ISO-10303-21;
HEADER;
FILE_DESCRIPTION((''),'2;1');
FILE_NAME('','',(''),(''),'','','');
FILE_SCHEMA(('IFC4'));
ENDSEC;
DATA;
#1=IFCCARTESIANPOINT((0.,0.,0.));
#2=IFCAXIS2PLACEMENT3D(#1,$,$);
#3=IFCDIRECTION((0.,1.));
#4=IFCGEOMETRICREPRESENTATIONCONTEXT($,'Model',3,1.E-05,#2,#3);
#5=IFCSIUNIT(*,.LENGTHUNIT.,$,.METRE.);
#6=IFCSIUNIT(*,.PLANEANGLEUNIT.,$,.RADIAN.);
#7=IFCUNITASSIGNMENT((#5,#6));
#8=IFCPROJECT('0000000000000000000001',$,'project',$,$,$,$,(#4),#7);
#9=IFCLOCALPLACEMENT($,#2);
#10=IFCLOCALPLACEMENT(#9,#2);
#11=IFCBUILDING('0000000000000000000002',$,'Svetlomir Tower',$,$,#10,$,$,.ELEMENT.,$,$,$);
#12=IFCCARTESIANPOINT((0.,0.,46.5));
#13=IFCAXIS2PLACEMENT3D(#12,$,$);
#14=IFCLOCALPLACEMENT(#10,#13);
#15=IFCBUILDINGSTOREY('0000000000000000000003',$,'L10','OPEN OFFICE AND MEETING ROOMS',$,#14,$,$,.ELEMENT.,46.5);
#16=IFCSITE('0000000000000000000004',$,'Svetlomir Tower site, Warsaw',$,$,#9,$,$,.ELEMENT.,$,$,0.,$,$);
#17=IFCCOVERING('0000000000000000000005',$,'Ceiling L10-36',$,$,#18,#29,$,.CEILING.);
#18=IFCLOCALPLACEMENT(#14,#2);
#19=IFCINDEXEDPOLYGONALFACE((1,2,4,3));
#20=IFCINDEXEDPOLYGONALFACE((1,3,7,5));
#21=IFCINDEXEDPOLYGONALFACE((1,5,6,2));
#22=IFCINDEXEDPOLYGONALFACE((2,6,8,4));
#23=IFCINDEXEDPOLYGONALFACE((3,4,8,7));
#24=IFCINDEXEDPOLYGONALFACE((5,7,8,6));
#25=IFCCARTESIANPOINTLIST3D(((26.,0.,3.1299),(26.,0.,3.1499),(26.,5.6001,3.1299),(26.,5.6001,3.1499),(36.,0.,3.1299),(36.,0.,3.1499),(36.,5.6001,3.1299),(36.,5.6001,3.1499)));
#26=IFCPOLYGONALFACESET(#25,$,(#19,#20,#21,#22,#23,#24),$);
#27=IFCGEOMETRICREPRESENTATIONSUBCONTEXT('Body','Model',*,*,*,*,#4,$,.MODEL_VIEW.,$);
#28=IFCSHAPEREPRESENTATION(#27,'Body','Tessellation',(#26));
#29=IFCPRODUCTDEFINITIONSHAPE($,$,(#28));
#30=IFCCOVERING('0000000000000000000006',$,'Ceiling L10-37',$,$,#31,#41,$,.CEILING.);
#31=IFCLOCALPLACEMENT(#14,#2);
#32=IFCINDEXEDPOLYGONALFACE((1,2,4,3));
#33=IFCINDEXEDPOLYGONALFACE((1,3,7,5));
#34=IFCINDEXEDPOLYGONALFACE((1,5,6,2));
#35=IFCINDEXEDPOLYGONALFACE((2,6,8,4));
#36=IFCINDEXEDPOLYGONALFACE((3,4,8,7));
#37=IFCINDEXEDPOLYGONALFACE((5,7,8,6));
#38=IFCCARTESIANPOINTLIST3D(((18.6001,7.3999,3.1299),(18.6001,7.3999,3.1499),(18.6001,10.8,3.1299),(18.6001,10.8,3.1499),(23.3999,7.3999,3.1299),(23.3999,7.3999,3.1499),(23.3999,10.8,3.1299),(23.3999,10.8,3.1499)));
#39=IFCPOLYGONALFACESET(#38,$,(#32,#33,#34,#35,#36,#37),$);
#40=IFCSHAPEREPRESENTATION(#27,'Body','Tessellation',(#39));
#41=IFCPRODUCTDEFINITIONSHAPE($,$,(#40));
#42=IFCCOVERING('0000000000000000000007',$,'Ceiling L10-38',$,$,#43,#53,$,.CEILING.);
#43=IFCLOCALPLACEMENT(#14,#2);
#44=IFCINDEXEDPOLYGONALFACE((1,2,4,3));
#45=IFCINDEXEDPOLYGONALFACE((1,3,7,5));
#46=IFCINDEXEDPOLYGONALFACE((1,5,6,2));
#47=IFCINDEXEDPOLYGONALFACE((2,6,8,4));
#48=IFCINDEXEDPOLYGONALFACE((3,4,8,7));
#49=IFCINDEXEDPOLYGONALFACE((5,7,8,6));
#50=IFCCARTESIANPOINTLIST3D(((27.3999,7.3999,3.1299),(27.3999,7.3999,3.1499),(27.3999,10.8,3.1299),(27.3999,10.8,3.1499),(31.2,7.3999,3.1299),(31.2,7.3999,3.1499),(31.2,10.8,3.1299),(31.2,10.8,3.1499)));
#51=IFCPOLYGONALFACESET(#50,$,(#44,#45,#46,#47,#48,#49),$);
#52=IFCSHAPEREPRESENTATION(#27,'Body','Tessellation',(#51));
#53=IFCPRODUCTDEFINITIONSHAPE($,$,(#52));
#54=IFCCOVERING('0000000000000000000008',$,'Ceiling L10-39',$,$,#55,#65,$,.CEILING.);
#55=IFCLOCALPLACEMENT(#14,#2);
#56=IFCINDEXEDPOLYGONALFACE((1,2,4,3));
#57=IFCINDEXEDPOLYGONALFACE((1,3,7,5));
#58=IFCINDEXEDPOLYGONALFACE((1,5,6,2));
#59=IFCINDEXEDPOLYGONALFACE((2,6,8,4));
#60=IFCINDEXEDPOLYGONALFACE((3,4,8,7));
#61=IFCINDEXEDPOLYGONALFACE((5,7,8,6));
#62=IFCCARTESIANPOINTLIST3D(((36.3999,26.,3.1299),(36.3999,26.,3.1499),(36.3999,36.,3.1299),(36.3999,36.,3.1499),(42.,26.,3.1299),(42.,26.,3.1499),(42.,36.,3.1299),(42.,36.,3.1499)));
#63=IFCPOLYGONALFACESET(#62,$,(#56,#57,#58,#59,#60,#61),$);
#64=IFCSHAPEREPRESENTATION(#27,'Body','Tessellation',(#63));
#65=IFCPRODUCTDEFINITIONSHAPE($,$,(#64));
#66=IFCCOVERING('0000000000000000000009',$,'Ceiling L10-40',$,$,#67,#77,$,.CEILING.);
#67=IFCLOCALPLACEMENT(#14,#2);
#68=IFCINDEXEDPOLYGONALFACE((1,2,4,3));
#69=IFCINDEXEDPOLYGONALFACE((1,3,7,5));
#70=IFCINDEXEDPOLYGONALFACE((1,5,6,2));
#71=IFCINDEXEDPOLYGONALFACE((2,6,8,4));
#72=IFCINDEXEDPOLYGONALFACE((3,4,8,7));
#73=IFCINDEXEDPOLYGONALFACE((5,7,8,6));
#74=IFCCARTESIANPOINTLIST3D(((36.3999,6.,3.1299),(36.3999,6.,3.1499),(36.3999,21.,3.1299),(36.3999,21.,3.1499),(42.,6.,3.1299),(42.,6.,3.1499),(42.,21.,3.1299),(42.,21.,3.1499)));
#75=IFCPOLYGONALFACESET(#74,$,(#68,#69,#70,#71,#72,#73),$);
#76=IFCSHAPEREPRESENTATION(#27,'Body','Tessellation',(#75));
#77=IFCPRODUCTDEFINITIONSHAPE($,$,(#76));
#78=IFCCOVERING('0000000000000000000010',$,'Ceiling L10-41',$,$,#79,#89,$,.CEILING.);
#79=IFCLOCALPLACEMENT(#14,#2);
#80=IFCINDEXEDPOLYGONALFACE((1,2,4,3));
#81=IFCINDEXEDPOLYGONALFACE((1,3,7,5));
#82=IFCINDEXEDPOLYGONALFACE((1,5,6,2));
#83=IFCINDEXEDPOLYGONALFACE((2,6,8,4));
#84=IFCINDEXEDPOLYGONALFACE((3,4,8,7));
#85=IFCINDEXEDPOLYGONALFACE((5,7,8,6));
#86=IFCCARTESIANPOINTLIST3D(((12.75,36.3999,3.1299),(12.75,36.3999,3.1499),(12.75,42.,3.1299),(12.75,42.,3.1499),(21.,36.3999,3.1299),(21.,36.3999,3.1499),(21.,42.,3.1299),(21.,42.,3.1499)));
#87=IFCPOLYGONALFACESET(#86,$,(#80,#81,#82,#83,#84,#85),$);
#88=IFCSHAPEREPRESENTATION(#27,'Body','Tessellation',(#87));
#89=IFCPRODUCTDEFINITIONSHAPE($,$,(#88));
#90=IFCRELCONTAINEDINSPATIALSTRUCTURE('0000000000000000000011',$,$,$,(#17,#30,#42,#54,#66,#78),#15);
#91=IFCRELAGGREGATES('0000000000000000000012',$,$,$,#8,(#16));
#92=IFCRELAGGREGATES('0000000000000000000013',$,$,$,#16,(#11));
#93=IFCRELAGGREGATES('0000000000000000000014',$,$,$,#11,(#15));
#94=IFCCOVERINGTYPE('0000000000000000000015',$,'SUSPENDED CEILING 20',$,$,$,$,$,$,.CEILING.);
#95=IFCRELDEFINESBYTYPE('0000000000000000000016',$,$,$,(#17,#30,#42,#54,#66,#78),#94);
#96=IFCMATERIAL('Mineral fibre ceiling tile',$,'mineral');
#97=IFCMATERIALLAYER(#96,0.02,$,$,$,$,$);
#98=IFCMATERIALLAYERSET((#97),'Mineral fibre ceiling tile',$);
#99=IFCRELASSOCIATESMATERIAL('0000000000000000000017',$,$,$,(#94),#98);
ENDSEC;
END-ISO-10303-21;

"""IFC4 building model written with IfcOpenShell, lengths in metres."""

from ifc_helpers import new_model, si_unit, direction, frame, origin, place, context, subcontext, project, spatial, polyline, outline, extrude, material, layer, layer_set, type_object, element, save


model = new_model("IFC4")

# Units and contexts
model_context = context("Model", 3, precision=1e-05, world=origin(), true_north=direction((0.0, 1.0)))
body_context = subcontext(model_context, "Body", "Model", "MODEL_VIEW")
ifc_project = project(units=[si_unit("LENGTHUNIT", "METRE"), si_unit("PLANEANGLEUNIT", "RADIAN")], contexts=[model_context])

# Site, building, storey
site_placement = place(None, origin())
site = spatial("IfcSite", under=ifc_project, at=site_placement, Name="Svetlomir Tower site, Warsaw", CompositionType="ELEMENT", RefElevation=0.0)
building_placement = place(site_placement, origin())
building = spatial("IfcBuilding", under=site, at=building_placement, Name="Svetlomir Tower", CompositionType="ELEMENT")
storey_placement = place(building_placement, frame((0.0, 0.0, 46.5)))
storey = spatial("IfcBuildingStorey", under=building, at=storey_placement, Name="L10", Description="OPEN OFFICE AND MEETING ROOMS", CompositionType="ELEMENT", Elevation=46.5)

# Coverings
ifc_material_1 = material(Name="Mineral fibre ceiling tile", Category="mineral")
ifc_layer_1 = layer(ifc_material_1, 0.02)
ifc_layer_set_1 = layer_set([ifc_layer_1], Name="Mineral fibre ceiling tile")
covering_type_1 = type_object("IfcCoveringType", Name="SUSPENDED CEILING 20", PredefinedType="CEILING", material=ifc_layer_set_1)
covering_1_placement = place(storey_placement, frame((0.0, 0.0, 3.1299)))
element("IfcCovering", 1, at=covering_1_placement, inside=storey, type_object=covering_type_1, Name="Ceiling L10-36", PredefinedType="CEILING", context=body_context, shape_type="SweptSolid", body=[
    extrude(outline(polyline([(26.0, 0.0), (26.0, 5.6001), (36.0, 5.6001), (36.0, 0.0), (26.0, 0.0)])), origin(), (0.0, 0.0, 1.0), 0.02),
])
covering_2_placement = place(storey_placement, frame((0.0, 0.0, 3.1299)))
element("IfcCovering", 2, at=covering_2_placement, inside=storey, type_object=covering_type_1, Name="Ceiling L10-37", PredefinedType="CEILING", context=body_context, shape_type="SweptSolid", body=[
    extrude(outline(polyline([(23.3999, 10.8), (23.3999, 7.3999), (18.6001, 7.3999), (18.6001, 10.8), (23.3999, 10.8)])), origin(), (0.0, 0.0, 1.0), 0.02),
])
covering_3_placement = place(storey_placement, frame((0.0, 0.0, 3.1299)))
element("IfcCovering", 3, at=covering_3_placement, inside=storey, type_object=covering_type_1, Name="Ceiling L10-38", PredefinedType="CEILING", context=body_context, shape_type="SweptSolid", body=[
    extrude(outline(polyline([(31.2, 10.8), (31.2, 7.3999), (27.3999, 7.3999), (27.3999, 10.8), (31.2, 10.8)])), origin(), (0.0, 0.0, 1.0), 0.02),
])
covering_4_placement = place(storey_placement, frame((0.0, 0.0, 3.1299)))
element("IfcCovering", 4, at=covering_4_placement, inside=storey, type_object=covering_type_1, Name="Ceiling L10-39", PredefinedType="CEILING", context=body_context, shape_type="SweptSolid", body=[
    extrude(outline(polyline([(42.0, 26.0), (36.3999, 26.0), (36.3999, 36.0), (42.0, 36.0), (42.0, 26.0)])), origin(), (0.0, 0.0, 1.0), 0.02),
])
covering_5_placement = place(storey_placement, frame((0.0, 0.0, 3.1299)))
element("IfcCovering", 5, at=covering_5_placement, inside=storey, type_object=covering_type_1, Name="Ceiling L10-40", PredefinedType="CEILING", context=body_context, shape_type="SweptSolid", body=[
    extrude(outline(polyline([(42.0, 6.0), (36.3999, 6.0), (36.3999, 21.0), (42.0, 21.0), (42.0, 6.0)])), origin(), (0.0, 0.0, 1.0), 0.02),
])
covering_6_placement = place(storey_placement, frame((0.0, 0.0, 3.1299)))
element("IfcCovering", 6, at=covering_6_placement, inside=storey, type_object=covering_type_1, Name="Ceiling L10-41", PredefinedType="CEILING", context=body_context, shape_type="SweptSolid", body=[
    extrude(outline(polyline([(21.0, 42.0), (21.0, 36.3999), (12.75, 36.3999), (12.75, 42.0), (21.0, 42.0)])), origin(), (0.0, 0.0, 1.0), 0.02),
])

save(model, "model.ifc")
